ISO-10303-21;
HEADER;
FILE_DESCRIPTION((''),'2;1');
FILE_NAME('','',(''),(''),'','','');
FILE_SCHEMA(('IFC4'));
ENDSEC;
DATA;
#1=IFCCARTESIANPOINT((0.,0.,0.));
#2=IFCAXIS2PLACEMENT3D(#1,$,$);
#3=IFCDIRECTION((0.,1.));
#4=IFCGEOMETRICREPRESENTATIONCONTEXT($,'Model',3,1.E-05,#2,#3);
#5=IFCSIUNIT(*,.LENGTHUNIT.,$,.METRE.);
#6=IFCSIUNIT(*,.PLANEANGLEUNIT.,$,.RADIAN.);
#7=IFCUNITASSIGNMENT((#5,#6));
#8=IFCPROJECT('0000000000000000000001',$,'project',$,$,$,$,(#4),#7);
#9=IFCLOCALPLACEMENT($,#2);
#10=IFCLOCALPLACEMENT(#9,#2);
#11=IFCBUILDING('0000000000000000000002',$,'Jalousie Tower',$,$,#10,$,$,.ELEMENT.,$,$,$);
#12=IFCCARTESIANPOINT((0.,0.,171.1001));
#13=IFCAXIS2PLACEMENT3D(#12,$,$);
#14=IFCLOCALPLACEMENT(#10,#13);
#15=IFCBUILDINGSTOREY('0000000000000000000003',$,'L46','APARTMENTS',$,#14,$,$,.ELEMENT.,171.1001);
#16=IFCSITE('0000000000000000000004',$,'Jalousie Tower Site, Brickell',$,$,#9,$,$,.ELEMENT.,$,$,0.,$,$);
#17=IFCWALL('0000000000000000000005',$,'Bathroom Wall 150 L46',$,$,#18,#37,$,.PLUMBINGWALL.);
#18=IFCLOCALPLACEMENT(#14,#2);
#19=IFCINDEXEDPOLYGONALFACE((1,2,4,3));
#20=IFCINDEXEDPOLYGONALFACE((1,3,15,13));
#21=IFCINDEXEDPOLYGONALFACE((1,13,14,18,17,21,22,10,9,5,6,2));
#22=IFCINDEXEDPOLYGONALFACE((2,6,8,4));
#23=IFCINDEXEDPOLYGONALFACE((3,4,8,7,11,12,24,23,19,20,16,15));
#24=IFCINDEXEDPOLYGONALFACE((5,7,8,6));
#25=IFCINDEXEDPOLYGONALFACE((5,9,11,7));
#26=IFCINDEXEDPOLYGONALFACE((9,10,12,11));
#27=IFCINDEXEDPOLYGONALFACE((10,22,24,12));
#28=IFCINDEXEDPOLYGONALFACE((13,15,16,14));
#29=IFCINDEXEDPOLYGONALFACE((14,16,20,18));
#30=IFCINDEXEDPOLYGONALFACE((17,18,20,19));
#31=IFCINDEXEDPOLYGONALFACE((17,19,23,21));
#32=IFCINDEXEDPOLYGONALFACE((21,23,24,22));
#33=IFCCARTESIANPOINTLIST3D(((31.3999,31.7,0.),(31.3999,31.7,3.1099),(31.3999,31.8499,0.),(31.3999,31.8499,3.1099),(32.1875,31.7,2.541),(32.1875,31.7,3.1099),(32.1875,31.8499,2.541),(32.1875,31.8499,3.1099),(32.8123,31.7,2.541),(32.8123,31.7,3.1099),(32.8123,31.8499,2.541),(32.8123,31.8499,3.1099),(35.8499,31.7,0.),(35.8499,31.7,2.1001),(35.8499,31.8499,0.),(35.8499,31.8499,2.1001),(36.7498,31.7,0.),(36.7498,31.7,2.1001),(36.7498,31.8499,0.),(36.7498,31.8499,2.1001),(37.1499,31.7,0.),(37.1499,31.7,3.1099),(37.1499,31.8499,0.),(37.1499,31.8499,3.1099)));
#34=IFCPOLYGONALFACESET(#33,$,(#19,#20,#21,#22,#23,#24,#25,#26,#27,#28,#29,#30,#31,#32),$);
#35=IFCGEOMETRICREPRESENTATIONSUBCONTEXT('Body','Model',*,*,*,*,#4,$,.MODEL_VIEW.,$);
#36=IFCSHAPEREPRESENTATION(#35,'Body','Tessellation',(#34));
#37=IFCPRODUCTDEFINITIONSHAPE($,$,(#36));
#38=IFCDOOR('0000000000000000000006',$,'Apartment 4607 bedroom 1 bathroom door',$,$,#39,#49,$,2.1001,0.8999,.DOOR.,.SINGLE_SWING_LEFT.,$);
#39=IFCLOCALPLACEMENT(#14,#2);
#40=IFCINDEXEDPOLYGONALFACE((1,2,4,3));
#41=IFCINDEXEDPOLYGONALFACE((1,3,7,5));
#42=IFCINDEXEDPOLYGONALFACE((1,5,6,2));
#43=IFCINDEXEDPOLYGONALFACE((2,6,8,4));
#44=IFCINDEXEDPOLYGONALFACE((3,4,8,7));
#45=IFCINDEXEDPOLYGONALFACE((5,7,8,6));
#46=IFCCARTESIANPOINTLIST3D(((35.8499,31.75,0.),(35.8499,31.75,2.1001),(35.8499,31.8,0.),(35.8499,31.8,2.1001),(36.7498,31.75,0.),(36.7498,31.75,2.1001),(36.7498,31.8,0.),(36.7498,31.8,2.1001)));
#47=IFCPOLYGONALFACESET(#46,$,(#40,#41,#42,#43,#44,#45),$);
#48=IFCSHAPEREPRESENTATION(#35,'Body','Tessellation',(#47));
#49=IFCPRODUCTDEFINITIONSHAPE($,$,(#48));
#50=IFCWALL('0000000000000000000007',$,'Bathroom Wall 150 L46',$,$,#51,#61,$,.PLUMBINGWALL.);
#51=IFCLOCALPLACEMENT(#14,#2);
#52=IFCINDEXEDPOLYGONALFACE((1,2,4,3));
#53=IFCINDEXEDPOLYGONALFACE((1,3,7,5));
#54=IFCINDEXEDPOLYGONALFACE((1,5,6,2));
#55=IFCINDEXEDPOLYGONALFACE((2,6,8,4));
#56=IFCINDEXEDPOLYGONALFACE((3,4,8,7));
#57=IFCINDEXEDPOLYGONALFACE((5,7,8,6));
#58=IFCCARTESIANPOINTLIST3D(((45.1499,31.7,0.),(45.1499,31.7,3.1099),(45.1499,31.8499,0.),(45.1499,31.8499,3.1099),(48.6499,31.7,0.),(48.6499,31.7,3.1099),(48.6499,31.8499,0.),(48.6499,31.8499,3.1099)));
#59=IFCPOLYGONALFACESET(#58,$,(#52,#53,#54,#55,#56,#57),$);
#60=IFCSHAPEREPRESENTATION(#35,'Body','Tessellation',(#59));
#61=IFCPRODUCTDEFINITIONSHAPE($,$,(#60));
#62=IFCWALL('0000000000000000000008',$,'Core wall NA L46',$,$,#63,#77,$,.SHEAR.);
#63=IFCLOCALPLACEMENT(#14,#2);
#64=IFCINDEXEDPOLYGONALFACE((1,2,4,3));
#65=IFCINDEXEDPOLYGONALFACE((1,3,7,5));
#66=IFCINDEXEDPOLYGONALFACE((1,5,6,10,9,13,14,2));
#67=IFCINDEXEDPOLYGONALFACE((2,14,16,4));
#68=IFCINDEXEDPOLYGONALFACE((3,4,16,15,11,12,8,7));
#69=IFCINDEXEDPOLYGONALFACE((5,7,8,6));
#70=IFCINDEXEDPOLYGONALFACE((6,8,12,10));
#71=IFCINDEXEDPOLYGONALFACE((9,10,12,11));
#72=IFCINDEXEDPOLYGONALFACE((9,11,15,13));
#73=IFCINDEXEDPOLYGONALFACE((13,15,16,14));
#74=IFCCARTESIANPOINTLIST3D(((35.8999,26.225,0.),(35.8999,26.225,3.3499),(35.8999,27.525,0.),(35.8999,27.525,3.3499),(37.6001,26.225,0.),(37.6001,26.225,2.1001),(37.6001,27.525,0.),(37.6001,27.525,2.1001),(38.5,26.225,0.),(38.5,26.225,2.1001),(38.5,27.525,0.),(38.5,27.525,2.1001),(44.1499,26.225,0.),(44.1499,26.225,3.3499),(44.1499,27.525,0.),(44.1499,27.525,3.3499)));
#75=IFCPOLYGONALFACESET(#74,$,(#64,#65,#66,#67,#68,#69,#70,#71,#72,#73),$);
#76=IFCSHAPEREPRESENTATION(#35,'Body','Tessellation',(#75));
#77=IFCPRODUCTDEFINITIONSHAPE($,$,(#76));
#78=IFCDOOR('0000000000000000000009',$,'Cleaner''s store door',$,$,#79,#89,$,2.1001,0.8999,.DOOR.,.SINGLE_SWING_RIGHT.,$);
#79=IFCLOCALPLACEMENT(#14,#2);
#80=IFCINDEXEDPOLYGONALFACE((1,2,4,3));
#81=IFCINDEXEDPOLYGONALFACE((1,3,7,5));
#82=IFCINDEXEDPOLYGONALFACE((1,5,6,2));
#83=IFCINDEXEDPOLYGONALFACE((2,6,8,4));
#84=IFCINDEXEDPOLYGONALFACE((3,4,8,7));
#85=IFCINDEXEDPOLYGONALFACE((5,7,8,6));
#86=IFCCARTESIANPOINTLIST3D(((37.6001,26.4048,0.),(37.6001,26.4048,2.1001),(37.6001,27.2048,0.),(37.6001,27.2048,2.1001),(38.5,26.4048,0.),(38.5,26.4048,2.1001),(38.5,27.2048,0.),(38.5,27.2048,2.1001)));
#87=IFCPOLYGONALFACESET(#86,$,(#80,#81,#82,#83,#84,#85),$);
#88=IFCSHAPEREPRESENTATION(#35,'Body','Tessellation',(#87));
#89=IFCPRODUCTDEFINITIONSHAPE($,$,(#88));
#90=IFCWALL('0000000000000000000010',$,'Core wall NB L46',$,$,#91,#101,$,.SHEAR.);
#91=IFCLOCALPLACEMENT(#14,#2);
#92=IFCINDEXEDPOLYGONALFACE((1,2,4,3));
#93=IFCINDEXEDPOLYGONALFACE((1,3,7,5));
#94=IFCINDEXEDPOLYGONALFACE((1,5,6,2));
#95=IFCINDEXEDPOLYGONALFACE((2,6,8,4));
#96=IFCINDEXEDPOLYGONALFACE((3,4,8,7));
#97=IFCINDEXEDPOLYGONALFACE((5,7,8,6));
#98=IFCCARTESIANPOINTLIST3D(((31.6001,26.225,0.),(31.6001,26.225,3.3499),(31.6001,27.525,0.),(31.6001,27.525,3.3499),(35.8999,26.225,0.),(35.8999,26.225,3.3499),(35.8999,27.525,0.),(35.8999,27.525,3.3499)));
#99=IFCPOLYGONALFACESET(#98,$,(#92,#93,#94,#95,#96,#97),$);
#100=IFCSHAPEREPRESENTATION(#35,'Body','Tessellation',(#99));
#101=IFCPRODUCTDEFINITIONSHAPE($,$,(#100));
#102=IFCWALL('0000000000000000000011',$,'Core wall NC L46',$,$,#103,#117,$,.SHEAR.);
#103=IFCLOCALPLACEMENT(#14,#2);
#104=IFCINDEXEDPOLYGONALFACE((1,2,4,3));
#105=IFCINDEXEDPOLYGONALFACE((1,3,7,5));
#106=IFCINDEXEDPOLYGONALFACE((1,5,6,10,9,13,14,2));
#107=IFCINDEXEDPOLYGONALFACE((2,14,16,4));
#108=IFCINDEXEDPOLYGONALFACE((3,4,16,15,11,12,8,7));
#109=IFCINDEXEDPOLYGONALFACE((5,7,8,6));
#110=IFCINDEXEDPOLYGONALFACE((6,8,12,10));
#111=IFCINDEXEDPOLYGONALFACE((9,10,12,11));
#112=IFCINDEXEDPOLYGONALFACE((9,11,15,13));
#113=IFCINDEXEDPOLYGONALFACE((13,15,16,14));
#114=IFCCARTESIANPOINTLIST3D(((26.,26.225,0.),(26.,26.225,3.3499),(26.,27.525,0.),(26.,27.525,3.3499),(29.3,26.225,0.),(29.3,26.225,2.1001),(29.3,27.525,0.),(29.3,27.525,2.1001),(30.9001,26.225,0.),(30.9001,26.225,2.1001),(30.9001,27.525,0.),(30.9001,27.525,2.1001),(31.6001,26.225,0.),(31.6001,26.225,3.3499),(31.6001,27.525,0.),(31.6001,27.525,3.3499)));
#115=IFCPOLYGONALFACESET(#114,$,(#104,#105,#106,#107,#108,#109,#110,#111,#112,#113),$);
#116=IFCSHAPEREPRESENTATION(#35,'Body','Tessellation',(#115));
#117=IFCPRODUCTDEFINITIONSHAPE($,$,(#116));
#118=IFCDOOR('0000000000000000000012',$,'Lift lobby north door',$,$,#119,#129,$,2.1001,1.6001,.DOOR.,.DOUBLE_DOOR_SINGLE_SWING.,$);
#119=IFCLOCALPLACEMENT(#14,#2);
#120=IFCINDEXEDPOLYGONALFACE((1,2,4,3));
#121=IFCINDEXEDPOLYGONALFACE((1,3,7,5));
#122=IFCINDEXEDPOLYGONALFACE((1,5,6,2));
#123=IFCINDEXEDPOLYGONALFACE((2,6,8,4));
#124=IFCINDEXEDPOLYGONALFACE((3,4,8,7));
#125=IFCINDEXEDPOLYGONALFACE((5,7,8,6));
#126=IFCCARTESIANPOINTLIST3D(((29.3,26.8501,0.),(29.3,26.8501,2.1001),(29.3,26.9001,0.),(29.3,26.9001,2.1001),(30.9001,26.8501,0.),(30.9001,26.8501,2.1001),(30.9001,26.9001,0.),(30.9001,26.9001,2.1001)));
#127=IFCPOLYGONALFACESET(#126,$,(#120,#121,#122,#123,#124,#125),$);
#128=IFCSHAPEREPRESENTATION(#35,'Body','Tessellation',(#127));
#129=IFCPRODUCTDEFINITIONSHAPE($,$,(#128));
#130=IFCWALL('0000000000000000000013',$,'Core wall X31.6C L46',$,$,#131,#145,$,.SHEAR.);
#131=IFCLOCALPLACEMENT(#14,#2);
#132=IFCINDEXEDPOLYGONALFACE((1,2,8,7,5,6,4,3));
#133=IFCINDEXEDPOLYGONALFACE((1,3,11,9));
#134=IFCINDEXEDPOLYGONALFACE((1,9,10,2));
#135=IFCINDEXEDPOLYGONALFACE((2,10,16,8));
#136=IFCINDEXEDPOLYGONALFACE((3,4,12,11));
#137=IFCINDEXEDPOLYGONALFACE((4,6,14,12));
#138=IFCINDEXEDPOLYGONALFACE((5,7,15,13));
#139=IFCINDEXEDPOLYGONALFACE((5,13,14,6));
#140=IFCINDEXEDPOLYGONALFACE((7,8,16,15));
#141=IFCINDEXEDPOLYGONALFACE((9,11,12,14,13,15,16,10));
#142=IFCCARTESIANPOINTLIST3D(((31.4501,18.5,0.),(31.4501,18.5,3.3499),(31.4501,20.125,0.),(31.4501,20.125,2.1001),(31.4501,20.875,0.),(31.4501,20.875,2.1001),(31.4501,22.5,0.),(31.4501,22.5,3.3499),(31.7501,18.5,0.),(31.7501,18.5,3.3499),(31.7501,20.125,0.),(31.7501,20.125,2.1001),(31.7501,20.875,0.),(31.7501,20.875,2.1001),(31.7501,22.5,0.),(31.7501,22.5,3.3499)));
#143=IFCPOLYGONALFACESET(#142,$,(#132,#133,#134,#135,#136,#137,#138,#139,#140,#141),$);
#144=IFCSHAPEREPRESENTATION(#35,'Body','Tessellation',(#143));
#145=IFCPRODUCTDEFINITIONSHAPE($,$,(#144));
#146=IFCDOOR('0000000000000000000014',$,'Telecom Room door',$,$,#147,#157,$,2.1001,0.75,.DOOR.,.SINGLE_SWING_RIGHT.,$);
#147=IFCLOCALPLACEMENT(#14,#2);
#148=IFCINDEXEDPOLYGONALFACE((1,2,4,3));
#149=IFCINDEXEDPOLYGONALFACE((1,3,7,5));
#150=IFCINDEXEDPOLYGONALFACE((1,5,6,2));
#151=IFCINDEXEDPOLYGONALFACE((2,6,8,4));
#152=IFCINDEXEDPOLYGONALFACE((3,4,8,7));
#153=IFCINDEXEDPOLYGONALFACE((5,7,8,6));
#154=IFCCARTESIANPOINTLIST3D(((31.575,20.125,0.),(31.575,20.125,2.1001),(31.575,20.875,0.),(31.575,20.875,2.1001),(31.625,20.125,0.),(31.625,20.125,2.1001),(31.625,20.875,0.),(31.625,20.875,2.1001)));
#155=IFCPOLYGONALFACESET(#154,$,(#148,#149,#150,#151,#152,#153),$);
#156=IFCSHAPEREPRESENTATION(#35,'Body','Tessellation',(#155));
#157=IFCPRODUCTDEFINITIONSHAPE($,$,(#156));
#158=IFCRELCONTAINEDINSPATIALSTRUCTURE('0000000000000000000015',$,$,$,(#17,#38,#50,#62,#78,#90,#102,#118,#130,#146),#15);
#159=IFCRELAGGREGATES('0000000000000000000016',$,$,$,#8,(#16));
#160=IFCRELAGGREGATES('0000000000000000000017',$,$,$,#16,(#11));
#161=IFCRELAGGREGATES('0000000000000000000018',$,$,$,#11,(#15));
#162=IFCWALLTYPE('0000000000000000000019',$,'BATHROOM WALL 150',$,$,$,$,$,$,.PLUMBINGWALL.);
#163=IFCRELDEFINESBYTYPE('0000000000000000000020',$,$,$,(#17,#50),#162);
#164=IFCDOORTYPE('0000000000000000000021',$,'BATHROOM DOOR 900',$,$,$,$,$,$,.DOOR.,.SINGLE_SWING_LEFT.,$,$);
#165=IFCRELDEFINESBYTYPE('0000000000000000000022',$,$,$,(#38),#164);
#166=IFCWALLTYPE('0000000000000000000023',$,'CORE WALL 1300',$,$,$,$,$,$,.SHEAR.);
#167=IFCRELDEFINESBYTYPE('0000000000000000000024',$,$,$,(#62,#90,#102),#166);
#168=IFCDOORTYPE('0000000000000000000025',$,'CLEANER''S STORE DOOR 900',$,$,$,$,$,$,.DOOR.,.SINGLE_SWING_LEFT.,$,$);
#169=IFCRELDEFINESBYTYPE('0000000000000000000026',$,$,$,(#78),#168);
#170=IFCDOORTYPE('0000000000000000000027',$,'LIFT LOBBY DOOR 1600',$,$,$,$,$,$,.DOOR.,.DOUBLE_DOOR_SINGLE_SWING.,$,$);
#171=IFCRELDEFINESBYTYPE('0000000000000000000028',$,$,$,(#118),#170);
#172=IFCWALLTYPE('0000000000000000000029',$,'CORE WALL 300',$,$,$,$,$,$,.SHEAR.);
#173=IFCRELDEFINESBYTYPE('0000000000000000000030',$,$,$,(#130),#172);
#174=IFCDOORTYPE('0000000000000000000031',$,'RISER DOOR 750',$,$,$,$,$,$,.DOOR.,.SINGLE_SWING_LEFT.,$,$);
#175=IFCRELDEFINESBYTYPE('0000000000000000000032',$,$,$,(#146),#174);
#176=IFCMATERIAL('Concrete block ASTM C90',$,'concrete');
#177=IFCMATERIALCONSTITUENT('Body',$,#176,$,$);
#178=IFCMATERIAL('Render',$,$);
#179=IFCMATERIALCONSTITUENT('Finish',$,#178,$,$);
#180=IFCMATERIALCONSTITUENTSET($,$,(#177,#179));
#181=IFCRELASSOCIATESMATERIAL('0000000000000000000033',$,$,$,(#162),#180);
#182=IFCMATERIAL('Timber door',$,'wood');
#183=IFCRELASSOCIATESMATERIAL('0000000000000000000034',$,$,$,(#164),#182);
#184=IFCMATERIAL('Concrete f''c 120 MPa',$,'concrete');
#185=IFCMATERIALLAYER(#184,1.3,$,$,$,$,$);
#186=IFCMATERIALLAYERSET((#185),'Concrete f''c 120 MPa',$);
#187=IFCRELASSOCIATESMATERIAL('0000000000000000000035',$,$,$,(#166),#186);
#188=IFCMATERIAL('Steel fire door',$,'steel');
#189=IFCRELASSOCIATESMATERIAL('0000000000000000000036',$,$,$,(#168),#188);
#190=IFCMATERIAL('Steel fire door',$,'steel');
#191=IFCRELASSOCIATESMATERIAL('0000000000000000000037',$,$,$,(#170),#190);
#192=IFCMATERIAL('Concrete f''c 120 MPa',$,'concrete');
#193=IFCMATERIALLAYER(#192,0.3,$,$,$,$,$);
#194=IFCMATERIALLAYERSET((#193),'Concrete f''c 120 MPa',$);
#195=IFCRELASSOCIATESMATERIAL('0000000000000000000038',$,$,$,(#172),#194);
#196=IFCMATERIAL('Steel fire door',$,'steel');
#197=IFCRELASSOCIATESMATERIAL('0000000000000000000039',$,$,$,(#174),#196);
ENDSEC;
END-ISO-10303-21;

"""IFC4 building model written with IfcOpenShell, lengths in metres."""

from ifc_helpers import new_model, si_unit, direction, frame, frame_2d, origin, place, context, subcontext, project, spatial, polyline, rectangle, outline, extrude, material, layer, layer_set, constituent, constituent_set, type_object, element, fill, save


model = new_model("IFC4")

# Units and contexts
model_context = context("Model", 3, precision=1e-05, world=origin(), true_north=direction((0.0, 1.0)))
body_context = subcontext(model_context, "Body", "Model", "MODEL_VIEW")
ifc_project = project(units=[si_unit("LENGTHUNIT", "METRE"), si_unit("PLANEANGLEUNIT", "RADIAN")], contexts=[model_context])

# Site, building, storey
site_placement = place(None, origin())
site = spatial("IfcSite", under=ifc_project, at=site_placement, Name="Jalousie Tower Site, Brickell", CompositionType="ELEMENT", RefElevation=0.0)
building_placement = place(site_placement, origin())
building = spatial("IfcBuilding", under=site, at=building_placement, Name="Jalousie Tower", CompositionType="ELEMENT")
storey_placement = place(building_placement, frame((0.0, 0.0, 171.1001)))
storey = spatial("IfcBuildingStorey", under=building, at=storey_placement, Name="L46", Description="APARTMENTS", CompositionType="ELEMENT", Elevation=171.1001)

# Wall, opening, door
ifc_material_1 = material(Name="Concrete block ASTM C90", Category="concrete")
ifc_constituent_1 = constituent(ifc_material_1, Name="Body")
ifc_material_2 = material(Name="Render")
ifc_constituent_2 = constituent(ifc_material_2, Name="Finish")
ifc_constituent_set_1 = constituent_set(constituents=[ifc_constituent_1, ifc_constituent_2])
wall_type_1 = type_object("IfcWallType", Name="BATHROOM WALL 150", PredefinedType="PLUMBINGWALL", material=ifc_constituent_set_1)
wall_1_placement = place(storey_placement, frame((31.3999, 31.7749, 0.0), z_axis=(0.0, 0.0, 1.0), x_axis=(1.0, 0.0, 0.0)))
wall_1 = element("IfcWall", 1, at=wall_1_placement, inside=storey, type_object=wall_type_1, Name="Bathroom Wall 150 L46", PredefinedType="PLUMBINGWALL", context=body_context, shape_type="SweptSolid", body=[
    extrude(outline(polyline([(0.0, 0.0), (5.75, 0.0), (5.75, 3.1099), (1.4124, 3.1099), (1.4124, 2.541), (0.7876, 2.541), (0.7876, 3.1099), (0.0, 3.1099), (0.0, 0.0)])), frame((0.0, 0.075, 0.0), z_axis=(0.0, -1.0, 0.0), x_axis=(1.0, 0.0, 0.0)), (0.0, 0.0, 1.0), 0.1499),
])
opening_1_placement = place(wall_1_placement, frame((4.45, 0.0, 0.0)))
opening_1 = element("IfcOpeningElement", 2, at=opening_1_placement, cuts=wall_1, PredefinedType="OPENING", context=body_context, shape_type="SweptSolid", body=[
    extrude(rectangle(XDim=0.8999, YDim=2.1001, at=frame_2d((0.45, 1.05))), frame((0.0, 0.085, 0.0), z_axis=(0.0, -1.0, 0.0), x_axis=(1.0, 0.0, 0.0)), (0.0, 0.0, 1.0), 0.1699),
])
ifc_material_3 = material(Name="Timber door", Category="wood")
door_type_1 = type_object("IfcDoorType", Name="BATHROOM DOOR 900", OperationType="SINGLE_SWING_LEFT", PredefinedType="DOOR", material=ifc_material_3)
door_1_placement = place(opening_1_placement, frame((0.8999, 0.0, 0.0), z_axis=(0.0, 0.0, 1.0), x_axis=(-1.0, 0.0, 0.0)))
door_1 = element("IfcDoor", 3, at=door_1_placement, inside=storey, type_object=door_type_1, Name="Apartment 4607 bedroom 1 bathroom door", OperationType="SINGLE_SWING_LEFT", OverallHeight=2.1001, OverallWidth=0.8999, PredefinedType="DOOR", context=body_context, shape_type="SweptSolid", body=[
    extrude(rectangle(XDim=0.8999, YDim=2.1001, at=frame_2d((0.45, 1.05))), frame((0.0, 0.0249, 0.0), z_axis=(0.0, -1.0, 0.0), x_axis=(1.0, 0.0, 0.0)), (0.0, 0.0, 1.0), 0.05),
])
fill(opening_1, door_1)

# Wall
wall_2_placement = place(storey_placement, frame((45.1499, 31.7749, 0.0), z_axis=(0.0, 0.0, 1.0), x_axis=(1.0, 0.0, 0.0)))
element("IfcWall", 4, at=wall_2_placement, inside=storey, type_object=wall_type_1, Name="Bathroom Wall 150 L46", PredefinedType="PLUMBINGWALL", context=body_context, shape_type="SweptSolid", body=[
    extrude(rectangle(XDim=3.5, YDim=0.1499, at=frame_2d((1.75, 0.0))), origin(), (0.0, 0.0, 1.0), 3.1099),
])

# Wall, opening, door
ifc_material_4 = material(Name="Concrete f'c 120 MPa", Category="concrete")
ifc_layer_1 = layer(ifc_material_4, 1.3)
ifc_layer_set_1 = layer_set([ifc_layer_1], Name="Concrete f'c 120 MPa")
wall_type_2 = type_object("IfcWallType", Name="CORE WALL 1300", PredefinedType="SHEAR", material=ifc_layer_set_1)
wall_3_placement = place(storey_placement, frame((44.1499, 26.875, 0.0), z_axis=(0.0, 0.0, 1.0), x_axis=(-1.0, 0.0, 0.0)))
wall_3 = element("IfcWall", 5, at=wall_3_placement, inside=storey, type_object=wall_type_2, Name="Core wall NA L46", PredefinedType="SHEAR", context=body_context, shape_type="SweptSolid", body=[
    extrude(rectangle(XDim=8.25, YDim=1.3, at=frame_2d((4.125, 0.0))), origin(), (0.0, 0.0, 1.0), 3.3499),
])
opening_2_placement = place(wall_3_placement, frame((5.6499, 0.0, 0.0)))
opening_2 = element("IfcOpeningElement", 6, at=opening_2_placement, cuts=wall_3, PredefinedType="OPENING", context=body_context, shape_type="SweptSolid", body=[
    extrude(rectangle(XDim=0.8999, YDim=2.1001, at=frame_2d((0.45, 1.05))), frame((0.0, 0.6599, 0.0), z_axis=(0.0, -1.0, 0.0), x_axis=(1.0, 0.0, 0.0)), (0.0, 0.0, 1.0), 1.3201),
])
ifc_material_5 = material(Name="Steel fire door", Category="steel")
door_type_2 = type_object("IfcDoorType", Name="CLEANER'S STORE DOOR 900", OperationType="SINGLE_SWING_LEFT", PredefinedType="DOOR", material=ifc_material_5)
door_2_placement = place(opening_2_placement, origin())
door_2 = element("IfcDoor", 7, at=door_2_placement, inside=storey, type_object=door_type_2, Name="Cleaner's store door", OperationType="SINGLE_SWING_RIGHT", OverallHeight=2.1001, OverallWidth=0.8999, PredefinedType="DOOR", context=body_context, shape_type="SweptSolid", body=[
    extrude(rectangle(XDim=0.8999, YDim=2.1001, at=frame_2d((0.45, 1.05))), frame((0.0, 0.4702, 0.0), z_axis=(0.0, -1.0, 0.0), x_axis=(1.0, 0.0, 0.0)), (0.0, 0.0, 1.0), 0.8),
])
fill(opening_2, door_2)

# Wall
wall_4_placement = place(storey_placement, frame((35.8999, 26.875, 0.0), z_axis=(0.0, 0.0, 1.0), x_axis=(-1.0, 0.0, 0.0)))
element("IfcWall", 8, at=wall_4_placement, inside=storey, type_object=wall_type_2, Name="Core wall NB L46", PredefinedType="SHEAR", context=body_context, shape_type="SweptSolid", body=[
    extrude(rectangle(XDim=4.2998, YDim=1.3, at=frame_2d((2.1499, 0.0))), origin(), (0.0, 0.0, 1.0), 3.3499),
])

# Walls, openings, doors
wall_5_placement = place(storey_placement, frame((31.6001, 26.875, 0.0), z_axis=(0.0, 0.0, 1.0), x_axis=(-1.0, 0.0, 0.0)))
wall_5 = element("IfcWall", 9, at=wall_5_placement, inside=storey, type_object=wall_type_2, Name="Core wall NC L46", PredefinedType="SHEAR", context=body_context, shape_type="SweptSolid", body=[
    extrude(rectangle(XDim=5.6001, YDim=1.3, at=frame_2d((2.8, 0.0))), origin(), (0.0, 0.0, 1.0), 3.3499),
])
opening_3_placement = place(wall_5_placement, frame((0.7, 0.0, 0.0)))
opening_3 = element("IfcOpeningElement", 10, at=opening_3_placement, cuts=wall_5, PredefinedType="OPENING", context=body_context, shape_type="SweptSolid", body=[
    extrude(rectangle(XDim=1.6001, YDim=2.1001, at=frame_2d((0.8, 1.05))), frame((0.0, 0.6599, 0.0), z_axis=(0.0, -1.0, 0.0), x_axis=(1.0, 0.0, 0.0)), (0.0, 0.0, 1.0), 1.3201),
])
ifc_material_6 = material(Name="Steel fire door", Category="steel")
door_type_3 = type_object("IfcDoorType", Name="LIFT LOBBY DOOR 1600", OperationType="DOUBLE_DOOR_SINGLE_SWING", PredefinedType="DOOR", material=ifc_material_6)
door_3_placement = place(opening_3_placement, origin())
door_3 = element("IfcDoor", 11, at=door_3_placement, inside=storey, type_object=door_type_3, Name="Lift lobby north door", OperationType="DOUBLE_DOOR_SINGLE_SWING", OverallHeight=2.1001, OverallWidth=1.6001, PredefinedType="DOOR", context=body_context, shape_type="SweptSolid", body=[
    extrude(rectangle(XDim=1.6001, YDim=2.1001, at=frame_2d((0.8, 1.05))), frame((0.0, 0.0249, 0.0), z_axis=(0.0, -1.0, 0.0), x_axis=(1.0, 0.0, 0.0)), (0.0, 0.0, 1.0), 0.05),
])
fill(opening_3, door_3)
ifc_material_7 = material(Name="Concrete f'c 120 MPa", Category="concrete")
ifc_layer_2 = layer(ifc_material_7, 0.3)
ifc_layer_set_2 = layer_set([ifc_layer_2], Name="Concrete f'c 120 MPa")
wall_type_3 = type_object("IfcWallType", Name="CORE WALL 300", PredefinedType="SHEAR", material=ifc_layer_set_2)
wall_6_placement = place(storey_placement, frame((31.6001, 18.5, 0.0), z_axis=(0.0, 0.0, 1.0), x_axis=(0.0, 1.0, 0.0)))
wall_6 = element("IfcWall", 12, at=wall_6_placement, inside=storey, type_object=wall_type_3, Name="Core wall X31.6C L46", PredefinedType="SHEAR", context=body_context, shape_type="SweptSolid", body=[
    extrude(rectangle(XDim=4.0, YDim=0.3, at=frame_2d((2.0, 0.0))), origin(), (0.0, 0.0, 1.0), 3.3499),
])
opening_4_placement = place(wall_6_placement, frame((1.625, 0.0, 0.0)))
opening_4 = element("IfcOpeningElement", 13, at=opening_4_placement, cuts=wall_6, PredefinedType="OPENING", context=body_context, shape_type="SweptSolid", body=[
    extrude(rectangle(XDim=0.75, YDim=2.1001, at=frame_2d((0.375, 1.05))), frame((0.0, 0.1599, 0.0), z_axis=(0.0, -1.0, 0.0), x_axis=(1.0, 0.0, 0.0)), (0.0, 0.0, 1.0), 0.3201),
])
ifc_material_8 = material(Name="Steel fire door", Category="steel")
door_type_4 = type_object("IfcDoorType", Name="RISER DOOR 750", OperationType="SINGLE_SWING_LEFT", PredefinedType="DOOR", material=ifc_material_8)
door_4_placement = place(opening_4_placement, frame((0.75, 0.0, 0.0), z_axis=(0.0, 0.0, 1.0), x_axis=(-1.0, 0.0, 0.0)))
door_4 = element("IfcDoor", 14, at=door_4_placement, inside=storey, type_object=door_type_4, Name="Telecom Room door", OperationType="SINGLE_SWING_RIGHT", OverallHeight=2.1001, OverallWidth=0.75, PredefinedType="DOOR", context=body_context, shape_type="SweptSolid", body=[
    extrude(rectangle(XDim=0.75, YDim=2.1001, at=frame_2d((0.375, 1.05))), frame((0.0, 0.0249, 0.0), z_axis=(0.0, -1.0, 0.0), x_axis=(1.0, 0.0, 0.0)), (0.0, 0.0, 1.0), 0.05),
])
fill(opening_4, door_4)

save(model, "model.ifc")
